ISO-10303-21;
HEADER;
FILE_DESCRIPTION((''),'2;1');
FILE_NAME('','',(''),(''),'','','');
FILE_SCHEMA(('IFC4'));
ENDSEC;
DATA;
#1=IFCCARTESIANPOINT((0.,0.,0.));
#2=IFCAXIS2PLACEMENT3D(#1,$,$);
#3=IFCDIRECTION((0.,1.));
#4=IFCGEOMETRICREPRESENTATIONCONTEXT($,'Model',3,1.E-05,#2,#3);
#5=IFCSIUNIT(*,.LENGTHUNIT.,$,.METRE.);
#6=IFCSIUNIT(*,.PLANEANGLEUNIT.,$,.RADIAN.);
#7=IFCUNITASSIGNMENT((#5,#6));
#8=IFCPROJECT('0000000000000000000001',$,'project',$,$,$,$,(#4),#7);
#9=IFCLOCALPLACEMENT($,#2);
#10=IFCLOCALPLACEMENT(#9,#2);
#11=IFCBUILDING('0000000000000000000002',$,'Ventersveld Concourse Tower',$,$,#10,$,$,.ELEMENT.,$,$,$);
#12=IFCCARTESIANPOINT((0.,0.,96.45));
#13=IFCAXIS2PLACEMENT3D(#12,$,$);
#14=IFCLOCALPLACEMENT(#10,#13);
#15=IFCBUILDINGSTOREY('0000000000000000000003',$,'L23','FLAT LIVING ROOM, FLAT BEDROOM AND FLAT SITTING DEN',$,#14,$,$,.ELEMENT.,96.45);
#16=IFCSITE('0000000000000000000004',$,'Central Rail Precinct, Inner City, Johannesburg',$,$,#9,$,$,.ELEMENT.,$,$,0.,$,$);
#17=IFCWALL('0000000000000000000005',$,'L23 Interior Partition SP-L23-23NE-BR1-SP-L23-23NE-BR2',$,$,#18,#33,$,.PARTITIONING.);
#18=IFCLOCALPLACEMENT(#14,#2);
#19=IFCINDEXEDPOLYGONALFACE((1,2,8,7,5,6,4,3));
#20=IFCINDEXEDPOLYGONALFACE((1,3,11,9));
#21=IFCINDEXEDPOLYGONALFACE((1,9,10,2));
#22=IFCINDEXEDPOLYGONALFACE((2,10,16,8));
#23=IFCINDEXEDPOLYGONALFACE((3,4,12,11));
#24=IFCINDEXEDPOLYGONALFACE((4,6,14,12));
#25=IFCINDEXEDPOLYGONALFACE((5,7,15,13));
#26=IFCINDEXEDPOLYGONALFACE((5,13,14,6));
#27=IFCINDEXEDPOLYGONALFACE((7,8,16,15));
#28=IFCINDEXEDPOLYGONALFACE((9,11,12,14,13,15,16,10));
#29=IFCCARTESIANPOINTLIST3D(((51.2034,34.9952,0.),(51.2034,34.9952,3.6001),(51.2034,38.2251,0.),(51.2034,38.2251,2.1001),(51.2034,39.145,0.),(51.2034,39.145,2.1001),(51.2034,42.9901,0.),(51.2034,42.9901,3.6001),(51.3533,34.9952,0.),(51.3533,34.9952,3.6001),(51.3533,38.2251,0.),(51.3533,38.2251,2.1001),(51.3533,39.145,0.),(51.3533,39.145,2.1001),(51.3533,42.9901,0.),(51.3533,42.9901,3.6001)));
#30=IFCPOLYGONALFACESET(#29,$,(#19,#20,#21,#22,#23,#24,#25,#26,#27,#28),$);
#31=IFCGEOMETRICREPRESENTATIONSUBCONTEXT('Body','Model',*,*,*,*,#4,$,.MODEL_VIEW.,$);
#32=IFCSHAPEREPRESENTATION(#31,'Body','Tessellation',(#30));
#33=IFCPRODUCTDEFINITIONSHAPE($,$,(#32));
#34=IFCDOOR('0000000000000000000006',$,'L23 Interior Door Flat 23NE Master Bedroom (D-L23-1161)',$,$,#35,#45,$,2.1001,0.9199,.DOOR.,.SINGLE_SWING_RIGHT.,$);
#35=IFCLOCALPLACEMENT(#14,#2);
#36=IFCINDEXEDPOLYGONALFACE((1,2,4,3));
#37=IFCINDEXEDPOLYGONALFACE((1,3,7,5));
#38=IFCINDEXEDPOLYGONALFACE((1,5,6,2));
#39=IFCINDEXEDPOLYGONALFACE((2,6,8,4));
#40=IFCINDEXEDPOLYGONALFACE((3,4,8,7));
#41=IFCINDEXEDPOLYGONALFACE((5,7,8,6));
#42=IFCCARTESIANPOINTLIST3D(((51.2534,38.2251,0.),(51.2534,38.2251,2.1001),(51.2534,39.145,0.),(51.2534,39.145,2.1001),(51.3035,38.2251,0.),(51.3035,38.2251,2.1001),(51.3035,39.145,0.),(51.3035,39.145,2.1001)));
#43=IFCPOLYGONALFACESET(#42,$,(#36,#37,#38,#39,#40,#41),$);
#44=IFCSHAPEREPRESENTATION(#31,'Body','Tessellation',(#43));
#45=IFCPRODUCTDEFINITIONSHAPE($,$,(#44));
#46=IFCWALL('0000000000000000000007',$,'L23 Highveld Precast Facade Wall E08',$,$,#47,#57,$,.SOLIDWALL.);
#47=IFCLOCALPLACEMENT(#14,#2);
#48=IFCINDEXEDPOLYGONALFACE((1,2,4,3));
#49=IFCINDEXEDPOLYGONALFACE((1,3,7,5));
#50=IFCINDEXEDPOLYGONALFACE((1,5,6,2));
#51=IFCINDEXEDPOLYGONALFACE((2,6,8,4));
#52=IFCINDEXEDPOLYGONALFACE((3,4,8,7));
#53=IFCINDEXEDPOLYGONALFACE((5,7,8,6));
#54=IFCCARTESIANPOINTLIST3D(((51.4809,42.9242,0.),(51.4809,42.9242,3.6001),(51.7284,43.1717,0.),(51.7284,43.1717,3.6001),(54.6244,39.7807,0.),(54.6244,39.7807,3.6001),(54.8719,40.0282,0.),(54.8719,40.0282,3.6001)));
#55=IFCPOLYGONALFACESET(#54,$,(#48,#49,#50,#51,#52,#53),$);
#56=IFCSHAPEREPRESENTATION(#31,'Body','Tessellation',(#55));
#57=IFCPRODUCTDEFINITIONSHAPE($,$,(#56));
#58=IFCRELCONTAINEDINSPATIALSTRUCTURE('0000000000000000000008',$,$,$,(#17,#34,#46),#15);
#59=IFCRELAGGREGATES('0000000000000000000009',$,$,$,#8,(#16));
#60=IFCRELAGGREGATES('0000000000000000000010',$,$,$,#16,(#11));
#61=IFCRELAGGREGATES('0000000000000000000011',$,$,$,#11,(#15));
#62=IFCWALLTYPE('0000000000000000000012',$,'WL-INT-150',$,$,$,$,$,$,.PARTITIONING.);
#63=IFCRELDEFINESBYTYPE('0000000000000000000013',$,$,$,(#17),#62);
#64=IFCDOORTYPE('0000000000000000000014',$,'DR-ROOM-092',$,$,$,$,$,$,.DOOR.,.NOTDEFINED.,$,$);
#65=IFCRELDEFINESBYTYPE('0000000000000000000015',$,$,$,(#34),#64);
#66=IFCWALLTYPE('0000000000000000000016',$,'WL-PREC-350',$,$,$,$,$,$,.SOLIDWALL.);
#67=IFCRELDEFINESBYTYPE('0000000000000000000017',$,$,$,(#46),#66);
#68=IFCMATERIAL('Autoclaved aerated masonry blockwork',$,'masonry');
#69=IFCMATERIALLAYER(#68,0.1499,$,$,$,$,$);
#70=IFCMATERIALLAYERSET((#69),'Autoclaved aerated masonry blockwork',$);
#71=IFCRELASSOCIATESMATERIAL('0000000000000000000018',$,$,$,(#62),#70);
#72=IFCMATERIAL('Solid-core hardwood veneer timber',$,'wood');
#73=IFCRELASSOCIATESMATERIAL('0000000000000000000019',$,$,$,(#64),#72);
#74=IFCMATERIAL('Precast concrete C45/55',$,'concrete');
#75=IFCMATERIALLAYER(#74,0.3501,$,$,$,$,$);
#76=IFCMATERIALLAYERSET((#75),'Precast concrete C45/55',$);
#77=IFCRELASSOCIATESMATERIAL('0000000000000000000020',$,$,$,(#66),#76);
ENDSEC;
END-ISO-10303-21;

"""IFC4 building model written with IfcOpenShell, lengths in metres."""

from ifc_helpers import new_model, si_unit, direction, frame, frame_2d, origin, place, context, subcontext, project, spatial, rectangle, extrude, material, layer, layer_set, type_object, element, fill, save


model = new_model("IFC4")

# Units and contexts
model_context = context("Model", 3, precision=1e-05, world=origin(), true_north=direction((0.0, 1.0)))
body_context = subcontext(model_context, "Body", "Model", "MODEL_VIEW")
ifc_project = project(units=[si_unit("LENGTHUNIT", "METRE"), si_unit("PLANEANGLEUNIT", "RADIAN")], contexts=[model_context])

# Site, building, storey
site_placement = place(None, origin())
site = spatial("IfcSite", under=ifc_project, at=site_placement, Name="Central Rail Precinct, Inner City, Johannesburg", CompositionType="ELEMENT", RefElevation=0.0)
building_placement = place(site_placement, origin())
building = spatial("IfcBuilding", under=site, at=building_placement, Name="Ventersveld Concourse Tower", CompositionType="ELEMENT")
storey_placement = place(building_placement, frame((0.0, 0.0, 96.45)))
storey = spatial("IfcBuildingStorey", under=building, at=storey_placement, Name="L23", Description="FLAT LIVING ROOM, FLAT BEDROOM AND FLAT SITTING DEN", CompositionType="ELEMENT", Elevation=96.45)

# Shared definitions
ifc_material_1 = material(Name="Autoclaved aerated masonry blockwork", Category="masonry")
ifc_layer_1 = layer(ifc_material_1, 0.1499)
ifc_layer_set_1 = layer_set([ifc_layer_1], Name="Autoclaved aerated masonry blockwork")
wall_type_1 = type_object("IfcWallType", Name="WL-INT-150", PredefinedType="PARTITIONING", material=ifc_layer_set_1)

# Wall, opening, door
ifc_material_2 = material(Name="Solid-core hardwood veneer timber", Category="wood")
door_type = type_object("IfcDoorType", Name="DR-ROOM-092", OperationType="NOTDEFINED", PredefinedType="DOOR", material=ifc_material_2)
wall_1_placement = place(storey_placement, frame((51.2783, 34.9951, 0.0), z_axis=(0.0, 0.0, 1.0), x_axis=(0.0, 1.0, 0.0)))
wall_1 = element("IfcWall", 1, at=wall_1_placement, inside=storey, type_object=wall_type_1, Name="L23 Interior Partition SP-L23-23NE-BR1-SP-L23-23NE-BR2", PredefinedType="PARTITIONING", context=body_context, shape_type="SweptSolid", body=[
    extrude(rectangle(XDim=7.9949, YDim=0.1499, at=frame_2d((3.9976, 0.0))), origin(), (0.0, 0.0, 1.0), 3.6001),
])
opening_1_placement = place(wall_1_placement, frame((3.23, 0.0, 0.0)))
opening_1 = element("IfcOpeningElement", 2, at=opening_1_placement, cuts=wall_1, PredefinedType="OPENING", context=body_context, shape_type="SweptSolid", body=[
    extrude(rectangle(XDim=0.9199, YDim=2.1001, at=frame_2d((0.46, 1.05))), frame((0.0, 0.085, 0.0), z_axis=(0.0, -1.0, 0.0), x_axis=(1.0, 0.0, 0.0)), (0.0, 0.0, 1.0), 0.1699),
])
door_1_placement = place(opening_1_placement, origin())
door_1 = element("IfcDoor", 3, at=door_1_placement, inside=storey, type_object=door_type, Name="L23 Interior Door Flat 23NE Master Bedroom (D-L23-1161)", OperationType="SINGLE_SWING_RIGHT", OverallHeight=2.1001, OverallWidth=0.9199, PredefinedType="DOOR", context=body_context, shape_type="SweptSolid", body=[
    extrude(rectangle(XDim=0.9199, YDim=2.1001, at=frame_2d((0.46, 1.05))), frame((0.0, 0.0249, 0.0), z_axis=(0.0, -1.0, 0.0), x_axis=(1.0, 0.0, 0.0)), (0.0, 0.0, 1.0), 0.05),
])
fill(opening_1, door_1)

# Wall
ifc_material_3 = material(Name="Precast concrete C45/55", Category="concrete")
ifc_layer_2 = layer(ifc_material_3, 0.3501)
ifc_layer_set_2 = layer_set([ifc_layer_2], Name="Precast concrete C45/55")
wall_type_2 = type_object("IfcWallType", Name="WL-PREC-350", PredefinedType="SOLIDWALL", material=ifc_layer_set_2)
wall_2_placement = place(storey_placement, frame((54.748, 39.9045, 0.0), z_axis=(0.0, 0.0, 1.0), x_axis=(-0.707107, 0.707107, 0.0)))
element("IfcWall", 4, at=wall_2_placement, inside=storey, type_object=wall_type_2, Name="L23 Highveld Precast Facade Wall E08", PredefinedType="SOLIDWALL", context=body_context, shape_type="SweptSolid", body=[
    extrude(rectangle(XDim=4.4456, YDim=0.3501, at=frame_2d((2.2227, 0.0))), origin(), (0.0, 0.0, 1.0), 3.6001),
])

save(model, "model.ifc")
